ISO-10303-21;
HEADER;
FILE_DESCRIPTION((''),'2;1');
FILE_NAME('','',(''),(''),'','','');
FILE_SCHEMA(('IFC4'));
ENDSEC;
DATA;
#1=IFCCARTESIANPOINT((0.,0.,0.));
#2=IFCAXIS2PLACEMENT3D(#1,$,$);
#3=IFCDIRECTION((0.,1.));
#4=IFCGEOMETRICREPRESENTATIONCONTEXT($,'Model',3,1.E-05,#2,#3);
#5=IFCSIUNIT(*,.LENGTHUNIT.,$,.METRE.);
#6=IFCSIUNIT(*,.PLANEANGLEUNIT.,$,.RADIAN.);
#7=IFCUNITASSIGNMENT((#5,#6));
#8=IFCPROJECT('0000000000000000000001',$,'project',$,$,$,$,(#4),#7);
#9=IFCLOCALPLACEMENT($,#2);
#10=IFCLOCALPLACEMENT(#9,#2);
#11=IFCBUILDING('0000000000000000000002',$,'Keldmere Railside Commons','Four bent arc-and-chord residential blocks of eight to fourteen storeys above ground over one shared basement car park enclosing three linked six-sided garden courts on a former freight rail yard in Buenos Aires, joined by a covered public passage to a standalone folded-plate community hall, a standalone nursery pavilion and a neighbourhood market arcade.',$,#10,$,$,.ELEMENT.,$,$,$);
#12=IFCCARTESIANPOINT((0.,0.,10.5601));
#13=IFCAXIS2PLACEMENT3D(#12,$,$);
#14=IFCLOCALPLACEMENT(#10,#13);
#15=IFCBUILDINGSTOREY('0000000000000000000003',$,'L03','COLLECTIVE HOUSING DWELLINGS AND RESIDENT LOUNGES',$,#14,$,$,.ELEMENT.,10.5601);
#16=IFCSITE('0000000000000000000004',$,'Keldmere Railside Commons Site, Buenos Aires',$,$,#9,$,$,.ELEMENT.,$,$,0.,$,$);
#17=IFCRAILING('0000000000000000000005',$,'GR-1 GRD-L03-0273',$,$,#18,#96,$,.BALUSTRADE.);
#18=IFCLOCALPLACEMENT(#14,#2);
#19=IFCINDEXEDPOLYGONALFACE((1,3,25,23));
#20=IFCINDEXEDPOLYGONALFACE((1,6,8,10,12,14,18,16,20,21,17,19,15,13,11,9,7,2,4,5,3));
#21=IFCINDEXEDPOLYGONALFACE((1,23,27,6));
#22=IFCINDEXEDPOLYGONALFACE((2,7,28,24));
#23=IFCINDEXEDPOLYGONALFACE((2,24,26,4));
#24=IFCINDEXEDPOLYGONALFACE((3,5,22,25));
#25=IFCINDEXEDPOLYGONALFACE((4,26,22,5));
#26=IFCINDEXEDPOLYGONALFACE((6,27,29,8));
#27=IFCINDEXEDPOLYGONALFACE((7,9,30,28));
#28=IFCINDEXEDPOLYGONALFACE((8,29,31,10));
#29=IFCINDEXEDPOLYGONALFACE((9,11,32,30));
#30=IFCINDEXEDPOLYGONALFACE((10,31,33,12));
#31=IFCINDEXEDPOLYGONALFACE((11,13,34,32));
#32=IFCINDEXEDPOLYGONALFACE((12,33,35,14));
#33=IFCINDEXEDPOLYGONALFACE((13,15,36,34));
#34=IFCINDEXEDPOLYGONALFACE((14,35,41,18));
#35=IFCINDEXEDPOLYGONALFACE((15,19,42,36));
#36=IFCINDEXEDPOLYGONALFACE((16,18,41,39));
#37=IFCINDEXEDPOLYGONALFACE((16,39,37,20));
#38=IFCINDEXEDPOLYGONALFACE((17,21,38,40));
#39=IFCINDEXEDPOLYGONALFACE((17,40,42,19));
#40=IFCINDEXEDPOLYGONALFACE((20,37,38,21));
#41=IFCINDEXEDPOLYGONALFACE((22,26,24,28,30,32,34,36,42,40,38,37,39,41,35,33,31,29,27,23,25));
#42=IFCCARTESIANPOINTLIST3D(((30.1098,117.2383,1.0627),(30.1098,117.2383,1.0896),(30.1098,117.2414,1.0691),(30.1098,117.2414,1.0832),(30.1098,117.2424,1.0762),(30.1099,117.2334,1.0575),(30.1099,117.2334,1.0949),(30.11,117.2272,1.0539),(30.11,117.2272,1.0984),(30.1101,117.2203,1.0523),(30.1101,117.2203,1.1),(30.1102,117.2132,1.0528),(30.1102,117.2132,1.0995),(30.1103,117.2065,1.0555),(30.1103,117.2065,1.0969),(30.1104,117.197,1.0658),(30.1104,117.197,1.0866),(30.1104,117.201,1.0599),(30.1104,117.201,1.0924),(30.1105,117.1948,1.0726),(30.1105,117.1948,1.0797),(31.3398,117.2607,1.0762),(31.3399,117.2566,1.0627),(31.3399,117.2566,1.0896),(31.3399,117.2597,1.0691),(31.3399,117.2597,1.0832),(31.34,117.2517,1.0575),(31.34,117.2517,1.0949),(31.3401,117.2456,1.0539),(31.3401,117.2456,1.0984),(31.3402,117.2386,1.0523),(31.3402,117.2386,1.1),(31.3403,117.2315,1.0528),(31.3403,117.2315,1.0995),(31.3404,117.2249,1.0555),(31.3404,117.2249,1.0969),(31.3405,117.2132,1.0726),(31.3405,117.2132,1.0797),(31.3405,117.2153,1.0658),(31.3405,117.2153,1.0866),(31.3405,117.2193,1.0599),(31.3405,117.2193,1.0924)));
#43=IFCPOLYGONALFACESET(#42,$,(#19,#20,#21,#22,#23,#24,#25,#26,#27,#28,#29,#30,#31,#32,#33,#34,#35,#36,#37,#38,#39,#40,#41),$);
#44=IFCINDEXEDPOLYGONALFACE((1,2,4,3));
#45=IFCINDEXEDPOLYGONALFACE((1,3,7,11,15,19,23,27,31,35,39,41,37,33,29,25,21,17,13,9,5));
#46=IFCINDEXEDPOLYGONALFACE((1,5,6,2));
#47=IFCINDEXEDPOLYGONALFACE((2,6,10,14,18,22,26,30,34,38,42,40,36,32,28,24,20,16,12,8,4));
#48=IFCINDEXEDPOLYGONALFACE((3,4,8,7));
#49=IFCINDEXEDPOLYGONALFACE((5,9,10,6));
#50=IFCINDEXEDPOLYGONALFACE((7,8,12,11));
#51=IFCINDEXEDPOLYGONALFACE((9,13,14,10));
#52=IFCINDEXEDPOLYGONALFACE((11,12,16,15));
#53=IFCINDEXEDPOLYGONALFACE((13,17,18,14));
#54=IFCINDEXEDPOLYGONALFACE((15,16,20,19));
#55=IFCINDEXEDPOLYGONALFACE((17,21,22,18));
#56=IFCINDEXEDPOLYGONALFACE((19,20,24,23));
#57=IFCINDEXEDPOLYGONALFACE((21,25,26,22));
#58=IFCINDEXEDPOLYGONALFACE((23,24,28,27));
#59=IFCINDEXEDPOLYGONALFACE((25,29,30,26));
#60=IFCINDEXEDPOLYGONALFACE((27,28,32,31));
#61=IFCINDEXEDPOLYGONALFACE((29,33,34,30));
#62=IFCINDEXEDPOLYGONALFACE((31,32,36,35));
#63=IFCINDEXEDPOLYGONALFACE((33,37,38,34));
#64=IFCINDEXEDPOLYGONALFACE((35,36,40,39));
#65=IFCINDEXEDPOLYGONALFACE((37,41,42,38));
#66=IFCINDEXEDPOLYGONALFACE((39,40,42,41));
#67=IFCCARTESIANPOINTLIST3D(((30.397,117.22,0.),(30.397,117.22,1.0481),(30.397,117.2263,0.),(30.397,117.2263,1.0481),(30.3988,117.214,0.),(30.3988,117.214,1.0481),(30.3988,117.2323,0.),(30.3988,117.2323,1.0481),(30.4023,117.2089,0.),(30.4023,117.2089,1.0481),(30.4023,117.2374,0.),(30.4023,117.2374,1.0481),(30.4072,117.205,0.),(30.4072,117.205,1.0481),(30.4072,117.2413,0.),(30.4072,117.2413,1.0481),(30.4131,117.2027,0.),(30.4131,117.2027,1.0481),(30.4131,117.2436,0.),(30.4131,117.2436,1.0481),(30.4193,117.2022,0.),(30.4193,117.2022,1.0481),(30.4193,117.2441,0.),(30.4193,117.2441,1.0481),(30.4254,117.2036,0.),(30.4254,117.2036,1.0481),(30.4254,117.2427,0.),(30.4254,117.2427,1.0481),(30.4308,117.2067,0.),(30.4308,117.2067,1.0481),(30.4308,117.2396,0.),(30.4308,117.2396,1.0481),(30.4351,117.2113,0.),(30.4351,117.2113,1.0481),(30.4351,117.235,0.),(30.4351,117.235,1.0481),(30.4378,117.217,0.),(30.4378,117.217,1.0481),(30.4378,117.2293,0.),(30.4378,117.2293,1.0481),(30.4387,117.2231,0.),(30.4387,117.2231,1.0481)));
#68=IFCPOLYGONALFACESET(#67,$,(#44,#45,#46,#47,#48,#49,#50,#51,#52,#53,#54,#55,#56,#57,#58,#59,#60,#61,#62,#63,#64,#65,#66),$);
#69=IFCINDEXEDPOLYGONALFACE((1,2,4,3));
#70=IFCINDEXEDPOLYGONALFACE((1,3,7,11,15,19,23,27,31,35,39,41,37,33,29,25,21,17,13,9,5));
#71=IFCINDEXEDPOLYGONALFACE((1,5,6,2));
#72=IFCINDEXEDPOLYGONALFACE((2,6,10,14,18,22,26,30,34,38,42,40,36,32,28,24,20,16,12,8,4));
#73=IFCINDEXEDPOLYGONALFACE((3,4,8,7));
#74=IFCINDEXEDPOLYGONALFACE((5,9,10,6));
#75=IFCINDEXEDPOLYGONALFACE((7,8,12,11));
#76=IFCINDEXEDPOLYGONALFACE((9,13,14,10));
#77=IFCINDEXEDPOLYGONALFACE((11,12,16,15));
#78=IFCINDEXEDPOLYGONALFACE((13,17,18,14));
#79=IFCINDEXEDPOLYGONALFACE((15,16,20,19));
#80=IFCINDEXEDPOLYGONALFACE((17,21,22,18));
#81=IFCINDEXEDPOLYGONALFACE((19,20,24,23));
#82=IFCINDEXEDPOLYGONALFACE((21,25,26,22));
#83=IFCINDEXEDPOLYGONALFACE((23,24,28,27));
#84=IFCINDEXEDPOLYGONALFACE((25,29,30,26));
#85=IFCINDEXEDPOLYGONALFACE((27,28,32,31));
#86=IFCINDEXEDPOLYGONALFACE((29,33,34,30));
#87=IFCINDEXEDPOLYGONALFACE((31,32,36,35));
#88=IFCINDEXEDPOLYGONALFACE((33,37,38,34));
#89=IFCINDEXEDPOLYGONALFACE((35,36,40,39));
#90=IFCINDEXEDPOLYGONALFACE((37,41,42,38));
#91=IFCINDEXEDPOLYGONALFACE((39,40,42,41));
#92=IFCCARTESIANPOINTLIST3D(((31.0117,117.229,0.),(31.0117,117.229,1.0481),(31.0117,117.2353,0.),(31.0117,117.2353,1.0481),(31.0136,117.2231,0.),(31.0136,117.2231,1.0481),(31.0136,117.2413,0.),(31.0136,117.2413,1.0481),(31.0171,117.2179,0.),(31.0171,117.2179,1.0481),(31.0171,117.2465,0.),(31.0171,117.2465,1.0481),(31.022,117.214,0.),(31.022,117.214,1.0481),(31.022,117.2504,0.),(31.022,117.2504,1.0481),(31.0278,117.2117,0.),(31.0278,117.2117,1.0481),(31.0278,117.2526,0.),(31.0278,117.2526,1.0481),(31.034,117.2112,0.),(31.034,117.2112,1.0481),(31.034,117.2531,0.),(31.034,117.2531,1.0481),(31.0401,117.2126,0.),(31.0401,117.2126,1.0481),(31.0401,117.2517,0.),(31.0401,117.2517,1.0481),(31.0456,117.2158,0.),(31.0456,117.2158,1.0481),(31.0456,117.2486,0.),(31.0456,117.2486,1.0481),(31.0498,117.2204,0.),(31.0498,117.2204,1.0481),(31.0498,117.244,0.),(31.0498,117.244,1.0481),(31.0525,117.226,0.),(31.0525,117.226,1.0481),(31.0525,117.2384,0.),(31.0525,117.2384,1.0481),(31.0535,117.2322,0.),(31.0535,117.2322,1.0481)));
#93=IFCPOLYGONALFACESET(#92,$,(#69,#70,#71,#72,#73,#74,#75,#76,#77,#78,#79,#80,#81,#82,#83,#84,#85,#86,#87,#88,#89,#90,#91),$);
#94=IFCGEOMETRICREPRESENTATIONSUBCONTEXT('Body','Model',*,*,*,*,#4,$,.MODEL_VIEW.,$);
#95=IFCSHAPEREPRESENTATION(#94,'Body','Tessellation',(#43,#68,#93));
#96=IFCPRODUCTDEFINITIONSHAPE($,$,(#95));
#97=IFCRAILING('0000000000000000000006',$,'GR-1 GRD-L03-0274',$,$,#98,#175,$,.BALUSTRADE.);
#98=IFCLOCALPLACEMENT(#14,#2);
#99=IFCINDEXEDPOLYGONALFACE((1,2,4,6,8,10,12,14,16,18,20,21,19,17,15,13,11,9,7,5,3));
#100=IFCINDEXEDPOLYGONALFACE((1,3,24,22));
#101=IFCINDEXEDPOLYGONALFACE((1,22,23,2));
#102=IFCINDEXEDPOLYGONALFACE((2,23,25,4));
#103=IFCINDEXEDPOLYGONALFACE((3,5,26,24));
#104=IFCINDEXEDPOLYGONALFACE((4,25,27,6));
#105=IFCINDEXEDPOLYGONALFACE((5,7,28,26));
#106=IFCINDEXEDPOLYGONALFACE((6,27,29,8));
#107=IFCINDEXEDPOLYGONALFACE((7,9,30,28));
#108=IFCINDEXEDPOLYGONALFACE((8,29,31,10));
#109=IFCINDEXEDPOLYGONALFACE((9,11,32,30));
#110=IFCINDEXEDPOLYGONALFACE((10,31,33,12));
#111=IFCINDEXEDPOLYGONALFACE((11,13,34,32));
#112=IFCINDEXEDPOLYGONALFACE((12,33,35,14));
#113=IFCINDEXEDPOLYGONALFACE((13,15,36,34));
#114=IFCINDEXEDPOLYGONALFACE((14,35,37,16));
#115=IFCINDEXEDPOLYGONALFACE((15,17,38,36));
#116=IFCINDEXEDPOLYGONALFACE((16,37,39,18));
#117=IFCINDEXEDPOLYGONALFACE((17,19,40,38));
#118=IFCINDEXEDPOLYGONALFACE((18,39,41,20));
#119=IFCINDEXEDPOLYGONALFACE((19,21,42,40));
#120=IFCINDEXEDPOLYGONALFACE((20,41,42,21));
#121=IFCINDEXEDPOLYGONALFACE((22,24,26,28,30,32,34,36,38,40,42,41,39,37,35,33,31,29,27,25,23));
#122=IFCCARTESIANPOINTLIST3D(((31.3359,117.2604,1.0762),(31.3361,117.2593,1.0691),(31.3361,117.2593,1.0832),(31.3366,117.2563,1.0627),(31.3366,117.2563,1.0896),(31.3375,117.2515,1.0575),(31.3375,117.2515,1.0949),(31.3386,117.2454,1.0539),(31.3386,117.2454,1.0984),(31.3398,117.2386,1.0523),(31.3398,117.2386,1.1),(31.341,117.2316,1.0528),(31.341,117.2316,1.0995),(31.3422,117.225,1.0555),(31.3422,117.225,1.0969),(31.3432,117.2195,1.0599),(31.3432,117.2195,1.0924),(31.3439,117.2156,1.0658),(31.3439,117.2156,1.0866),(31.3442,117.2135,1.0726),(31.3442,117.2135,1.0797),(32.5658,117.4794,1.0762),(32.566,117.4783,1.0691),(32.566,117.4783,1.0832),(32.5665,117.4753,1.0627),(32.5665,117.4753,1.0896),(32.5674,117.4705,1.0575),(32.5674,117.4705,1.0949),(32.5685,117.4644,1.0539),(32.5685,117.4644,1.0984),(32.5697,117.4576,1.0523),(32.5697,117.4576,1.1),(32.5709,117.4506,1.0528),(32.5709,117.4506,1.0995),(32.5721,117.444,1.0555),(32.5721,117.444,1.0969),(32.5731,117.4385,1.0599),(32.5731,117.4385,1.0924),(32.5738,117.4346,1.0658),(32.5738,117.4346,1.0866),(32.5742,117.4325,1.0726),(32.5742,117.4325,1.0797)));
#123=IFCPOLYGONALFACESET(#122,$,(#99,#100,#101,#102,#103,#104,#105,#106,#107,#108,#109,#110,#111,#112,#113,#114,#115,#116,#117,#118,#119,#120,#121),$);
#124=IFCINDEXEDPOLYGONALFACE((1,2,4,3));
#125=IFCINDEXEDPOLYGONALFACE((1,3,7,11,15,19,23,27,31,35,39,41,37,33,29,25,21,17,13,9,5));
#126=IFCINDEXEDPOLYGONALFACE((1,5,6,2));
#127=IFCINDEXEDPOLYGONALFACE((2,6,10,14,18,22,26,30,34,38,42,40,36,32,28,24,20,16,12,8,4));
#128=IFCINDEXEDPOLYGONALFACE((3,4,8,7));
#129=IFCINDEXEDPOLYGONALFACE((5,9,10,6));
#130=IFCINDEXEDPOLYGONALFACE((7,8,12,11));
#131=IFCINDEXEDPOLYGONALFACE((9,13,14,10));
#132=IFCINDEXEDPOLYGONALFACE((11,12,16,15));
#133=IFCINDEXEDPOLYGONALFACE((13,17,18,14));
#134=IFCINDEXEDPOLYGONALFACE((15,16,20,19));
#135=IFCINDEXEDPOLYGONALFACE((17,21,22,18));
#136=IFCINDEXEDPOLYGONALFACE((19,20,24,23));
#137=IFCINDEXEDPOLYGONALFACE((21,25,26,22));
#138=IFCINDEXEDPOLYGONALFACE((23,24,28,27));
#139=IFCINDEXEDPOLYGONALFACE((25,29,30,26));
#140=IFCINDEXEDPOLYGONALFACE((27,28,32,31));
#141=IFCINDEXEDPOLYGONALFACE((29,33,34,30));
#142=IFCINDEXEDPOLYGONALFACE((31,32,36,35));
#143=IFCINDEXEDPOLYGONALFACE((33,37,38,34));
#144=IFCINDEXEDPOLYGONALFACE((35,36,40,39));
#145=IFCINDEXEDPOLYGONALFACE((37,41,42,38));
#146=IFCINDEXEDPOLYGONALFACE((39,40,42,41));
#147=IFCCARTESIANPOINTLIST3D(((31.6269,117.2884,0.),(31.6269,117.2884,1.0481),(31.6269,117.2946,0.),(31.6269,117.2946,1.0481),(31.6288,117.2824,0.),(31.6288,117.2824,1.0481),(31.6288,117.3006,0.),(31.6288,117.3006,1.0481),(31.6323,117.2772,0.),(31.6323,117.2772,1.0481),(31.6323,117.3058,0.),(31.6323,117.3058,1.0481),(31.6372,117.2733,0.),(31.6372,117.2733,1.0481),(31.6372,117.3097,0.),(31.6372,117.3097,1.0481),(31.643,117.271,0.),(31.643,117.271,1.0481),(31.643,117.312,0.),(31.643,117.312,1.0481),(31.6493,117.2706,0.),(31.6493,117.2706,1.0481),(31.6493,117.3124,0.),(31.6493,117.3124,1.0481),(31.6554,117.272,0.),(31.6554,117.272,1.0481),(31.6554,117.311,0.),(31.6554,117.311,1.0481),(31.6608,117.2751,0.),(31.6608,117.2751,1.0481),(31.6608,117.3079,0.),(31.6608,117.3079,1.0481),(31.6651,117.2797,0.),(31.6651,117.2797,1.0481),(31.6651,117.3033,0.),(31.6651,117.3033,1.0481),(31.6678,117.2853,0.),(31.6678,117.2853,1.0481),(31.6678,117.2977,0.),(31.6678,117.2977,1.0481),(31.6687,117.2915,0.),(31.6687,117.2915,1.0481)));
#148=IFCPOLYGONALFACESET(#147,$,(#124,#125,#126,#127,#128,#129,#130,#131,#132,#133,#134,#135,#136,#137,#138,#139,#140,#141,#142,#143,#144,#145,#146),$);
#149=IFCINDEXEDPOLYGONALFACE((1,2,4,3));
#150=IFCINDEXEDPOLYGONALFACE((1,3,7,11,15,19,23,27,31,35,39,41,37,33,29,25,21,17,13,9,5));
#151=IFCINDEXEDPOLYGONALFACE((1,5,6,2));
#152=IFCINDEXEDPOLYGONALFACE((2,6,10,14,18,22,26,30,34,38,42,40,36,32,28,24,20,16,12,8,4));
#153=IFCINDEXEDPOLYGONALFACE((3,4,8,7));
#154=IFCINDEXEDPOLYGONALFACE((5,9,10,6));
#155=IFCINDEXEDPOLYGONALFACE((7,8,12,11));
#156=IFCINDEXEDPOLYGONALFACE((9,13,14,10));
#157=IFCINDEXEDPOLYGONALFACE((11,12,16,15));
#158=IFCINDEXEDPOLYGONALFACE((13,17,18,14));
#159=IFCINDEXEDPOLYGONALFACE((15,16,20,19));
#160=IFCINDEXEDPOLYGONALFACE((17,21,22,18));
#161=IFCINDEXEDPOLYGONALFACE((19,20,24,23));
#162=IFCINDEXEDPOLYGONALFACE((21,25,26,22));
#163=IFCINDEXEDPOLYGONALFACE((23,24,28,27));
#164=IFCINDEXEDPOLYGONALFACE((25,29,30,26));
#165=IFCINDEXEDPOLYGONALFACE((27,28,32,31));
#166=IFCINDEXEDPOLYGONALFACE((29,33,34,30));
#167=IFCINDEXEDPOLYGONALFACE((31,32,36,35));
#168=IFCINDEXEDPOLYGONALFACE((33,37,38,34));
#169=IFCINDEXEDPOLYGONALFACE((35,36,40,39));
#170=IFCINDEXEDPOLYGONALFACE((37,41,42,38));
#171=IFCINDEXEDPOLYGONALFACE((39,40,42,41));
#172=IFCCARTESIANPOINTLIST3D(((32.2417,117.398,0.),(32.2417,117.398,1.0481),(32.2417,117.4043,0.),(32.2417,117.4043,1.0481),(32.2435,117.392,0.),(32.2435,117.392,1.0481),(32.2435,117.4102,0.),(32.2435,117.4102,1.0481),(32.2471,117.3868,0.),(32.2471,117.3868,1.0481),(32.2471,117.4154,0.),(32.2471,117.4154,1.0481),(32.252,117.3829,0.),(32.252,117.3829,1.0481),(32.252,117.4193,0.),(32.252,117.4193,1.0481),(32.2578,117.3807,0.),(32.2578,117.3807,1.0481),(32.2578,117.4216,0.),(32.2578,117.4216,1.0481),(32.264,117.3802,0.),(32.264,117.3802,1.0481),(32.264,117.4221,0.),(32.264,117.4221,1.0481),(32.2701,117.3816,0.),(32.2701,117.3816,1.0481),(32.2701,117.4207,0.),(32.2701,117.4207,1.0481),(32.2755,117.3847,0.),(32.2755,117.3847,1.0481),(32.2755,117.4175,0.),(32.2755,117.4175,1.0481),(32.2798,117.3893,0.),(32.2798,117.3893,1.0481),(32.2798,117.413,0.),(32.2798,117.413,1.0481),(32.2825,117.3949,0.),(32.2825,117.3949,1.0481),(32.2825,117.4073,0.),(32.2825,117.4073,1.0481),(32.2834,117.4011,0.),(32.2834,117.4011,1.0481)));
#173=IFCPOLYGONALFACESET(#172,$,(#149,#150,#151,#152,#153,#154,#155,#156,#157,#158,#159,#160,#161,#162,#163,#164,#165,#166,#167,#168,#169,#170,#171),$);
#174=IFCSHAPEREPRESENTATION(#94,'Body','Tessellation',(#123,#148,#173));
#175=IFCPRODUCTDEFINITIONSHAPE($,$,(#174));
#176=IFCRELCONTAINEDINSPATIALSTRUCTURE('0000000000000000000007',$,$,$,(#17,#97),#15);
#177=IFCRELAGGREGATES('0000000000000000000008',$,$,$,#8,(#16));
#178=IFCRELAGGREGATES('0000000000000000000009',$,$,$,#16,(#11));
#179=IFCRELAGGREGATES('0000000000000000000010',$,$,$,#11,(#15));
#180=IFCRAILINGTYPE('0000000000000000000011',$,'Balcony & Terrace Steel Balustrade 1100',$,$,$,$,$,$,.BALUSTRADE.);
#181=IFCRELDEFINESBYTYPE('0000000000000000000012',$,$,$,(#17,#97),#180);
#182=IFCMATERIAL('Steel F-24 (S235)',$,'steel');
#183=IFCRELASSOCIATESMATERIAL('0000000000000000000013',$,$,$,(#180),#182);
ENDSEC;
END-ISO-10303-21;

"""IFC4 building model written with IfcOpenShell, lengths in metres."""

from ifc_helpers import new_model, si_unit, direction, frame, origin, origin_2d, place, context, subcontext, project, spatial, circle, extrude, material, type_object, element, save


model = new_model("IFC4")

# Units and contexts
model_context = context("Model", 3, precision=1e-05, world=origin(), true_north=direction((0.0, 1.0)))
body_context = subcontext(model_context, "Body", "Model", "MODEL_VIEW")
ifc_project = project(units=[si_unit("LENGTHUNIT", "METRE"), si_unit("PLANEANGLEUNIT", "RADIAN")], contexts=[model_context])

# Site, building, storey
site_placement = place(None, origin())
site = spatial("IfcSite", under=ifc_project, at=site_placement, Name="Keldmere Railside Commons Site, Buenos Aires", CompositionType="ELEMENT", RefElevation=0.0)
building_placement = place(site_placement, origin())
building = spatial("IfcBuilding", under=site, at=building_placement, Name="Keldmere Railside Commons", Description="Four bent arc-and-chord residential blocks of eight to fourteen storeys above ground over one shared basement car park enclosing three linked six-sided garden courts on a former freight rail yard in Buenos Aires, joined by a covered public passage to a standalone folded-plate community hall, a standalone nursery pavilion and a neighbourhood market arcade.", CompositionType="ELEMENT")
storey_placement = place(building_placement, frame((0.0, 0.0, 10.5601)))
storey = spatial("IfcBuildingStorey", under=building, at=storey_placement, Name="L03", Description="COLLECTIVE HOUSING DWELLINGS AND RESIDENT LOUNGES", CompositionType="ELEMENT", Elevation=10.5601)

# Railings
ifc_material_1 = material(Name="Steel F-24 (S235)", Category="steel")
railing_type = type_object("IfcRailingType", Name="Balcony & Terrace Steel Balustrade 1100", PredefinedType="BALUSTRADE", material=ifc_material_1)
railing_1_placement = place(storey_placement, frame((30.1101, 117.2185, 0.0)))
element("IfcRailing", 1, at=railing_1_placement, inside=storey, type_object=railing_type, Name="GR-1 GRD-L03-0273", PredefinedType="BALUSTRADE", context=body_context, shape_type="SweptSolid", body=[
    extrude(circle(Radius=0.0239, at=origin_2d()), frame((0.0, 0.0, 1.0762), z_axis=(0.999889, 0.014885, 0.0), x_axis=(-0.014885, 0.999889, 0.0)), (0.0, 0.0, 1.0), 1.2302),
    extrude(circle(Radius=0.021, at=origin_2d()), frame((0.3076, 0.0046, 0.0)), (0.0, 0.0, 1.0), 1.0481),
    extrude(circle(Radius=0.021, at=origin_2d()), frame((0.9224, 0.0137, 0.0)), (0.0, 0.0, 1.0), 1.0481),
])
railing_2_placement = place(storey_placement, frame((31.3401, 117.2368, 0.0)))
element("IfcRailing", 2, at=railing_2_placement, inside=storey, type_object=railing_type, Name="GR-1 GRD-L03-0274", PredefinedType="BALUSTRADE", context=body_context, shape_type="SweptSolid", body=[
    extrude(circle(Radius=0.0239, at=origin_2d()), frame((0.0, 0.0, 1.0762), z_axis=(0.984517, 0.17529, 0.0), x_axis=(-0.17529, 0.984517, 0.0)), (0.0, 0.0, 1.0), 1.2493),
    extrude(circle(Radius=0.021, at=origin_2d()), frame((0.3076, 0.0547, 0.0)), (0.0, 0.0, 1.0), 1.0481),
    extrude(circle(Radius=0.021, at=origin_2d()), frame((0.9224, 0.1643, 0.0)), (0.0, 0.0, 1.0), 1.0481),
])

save(model, "model.ifc")
